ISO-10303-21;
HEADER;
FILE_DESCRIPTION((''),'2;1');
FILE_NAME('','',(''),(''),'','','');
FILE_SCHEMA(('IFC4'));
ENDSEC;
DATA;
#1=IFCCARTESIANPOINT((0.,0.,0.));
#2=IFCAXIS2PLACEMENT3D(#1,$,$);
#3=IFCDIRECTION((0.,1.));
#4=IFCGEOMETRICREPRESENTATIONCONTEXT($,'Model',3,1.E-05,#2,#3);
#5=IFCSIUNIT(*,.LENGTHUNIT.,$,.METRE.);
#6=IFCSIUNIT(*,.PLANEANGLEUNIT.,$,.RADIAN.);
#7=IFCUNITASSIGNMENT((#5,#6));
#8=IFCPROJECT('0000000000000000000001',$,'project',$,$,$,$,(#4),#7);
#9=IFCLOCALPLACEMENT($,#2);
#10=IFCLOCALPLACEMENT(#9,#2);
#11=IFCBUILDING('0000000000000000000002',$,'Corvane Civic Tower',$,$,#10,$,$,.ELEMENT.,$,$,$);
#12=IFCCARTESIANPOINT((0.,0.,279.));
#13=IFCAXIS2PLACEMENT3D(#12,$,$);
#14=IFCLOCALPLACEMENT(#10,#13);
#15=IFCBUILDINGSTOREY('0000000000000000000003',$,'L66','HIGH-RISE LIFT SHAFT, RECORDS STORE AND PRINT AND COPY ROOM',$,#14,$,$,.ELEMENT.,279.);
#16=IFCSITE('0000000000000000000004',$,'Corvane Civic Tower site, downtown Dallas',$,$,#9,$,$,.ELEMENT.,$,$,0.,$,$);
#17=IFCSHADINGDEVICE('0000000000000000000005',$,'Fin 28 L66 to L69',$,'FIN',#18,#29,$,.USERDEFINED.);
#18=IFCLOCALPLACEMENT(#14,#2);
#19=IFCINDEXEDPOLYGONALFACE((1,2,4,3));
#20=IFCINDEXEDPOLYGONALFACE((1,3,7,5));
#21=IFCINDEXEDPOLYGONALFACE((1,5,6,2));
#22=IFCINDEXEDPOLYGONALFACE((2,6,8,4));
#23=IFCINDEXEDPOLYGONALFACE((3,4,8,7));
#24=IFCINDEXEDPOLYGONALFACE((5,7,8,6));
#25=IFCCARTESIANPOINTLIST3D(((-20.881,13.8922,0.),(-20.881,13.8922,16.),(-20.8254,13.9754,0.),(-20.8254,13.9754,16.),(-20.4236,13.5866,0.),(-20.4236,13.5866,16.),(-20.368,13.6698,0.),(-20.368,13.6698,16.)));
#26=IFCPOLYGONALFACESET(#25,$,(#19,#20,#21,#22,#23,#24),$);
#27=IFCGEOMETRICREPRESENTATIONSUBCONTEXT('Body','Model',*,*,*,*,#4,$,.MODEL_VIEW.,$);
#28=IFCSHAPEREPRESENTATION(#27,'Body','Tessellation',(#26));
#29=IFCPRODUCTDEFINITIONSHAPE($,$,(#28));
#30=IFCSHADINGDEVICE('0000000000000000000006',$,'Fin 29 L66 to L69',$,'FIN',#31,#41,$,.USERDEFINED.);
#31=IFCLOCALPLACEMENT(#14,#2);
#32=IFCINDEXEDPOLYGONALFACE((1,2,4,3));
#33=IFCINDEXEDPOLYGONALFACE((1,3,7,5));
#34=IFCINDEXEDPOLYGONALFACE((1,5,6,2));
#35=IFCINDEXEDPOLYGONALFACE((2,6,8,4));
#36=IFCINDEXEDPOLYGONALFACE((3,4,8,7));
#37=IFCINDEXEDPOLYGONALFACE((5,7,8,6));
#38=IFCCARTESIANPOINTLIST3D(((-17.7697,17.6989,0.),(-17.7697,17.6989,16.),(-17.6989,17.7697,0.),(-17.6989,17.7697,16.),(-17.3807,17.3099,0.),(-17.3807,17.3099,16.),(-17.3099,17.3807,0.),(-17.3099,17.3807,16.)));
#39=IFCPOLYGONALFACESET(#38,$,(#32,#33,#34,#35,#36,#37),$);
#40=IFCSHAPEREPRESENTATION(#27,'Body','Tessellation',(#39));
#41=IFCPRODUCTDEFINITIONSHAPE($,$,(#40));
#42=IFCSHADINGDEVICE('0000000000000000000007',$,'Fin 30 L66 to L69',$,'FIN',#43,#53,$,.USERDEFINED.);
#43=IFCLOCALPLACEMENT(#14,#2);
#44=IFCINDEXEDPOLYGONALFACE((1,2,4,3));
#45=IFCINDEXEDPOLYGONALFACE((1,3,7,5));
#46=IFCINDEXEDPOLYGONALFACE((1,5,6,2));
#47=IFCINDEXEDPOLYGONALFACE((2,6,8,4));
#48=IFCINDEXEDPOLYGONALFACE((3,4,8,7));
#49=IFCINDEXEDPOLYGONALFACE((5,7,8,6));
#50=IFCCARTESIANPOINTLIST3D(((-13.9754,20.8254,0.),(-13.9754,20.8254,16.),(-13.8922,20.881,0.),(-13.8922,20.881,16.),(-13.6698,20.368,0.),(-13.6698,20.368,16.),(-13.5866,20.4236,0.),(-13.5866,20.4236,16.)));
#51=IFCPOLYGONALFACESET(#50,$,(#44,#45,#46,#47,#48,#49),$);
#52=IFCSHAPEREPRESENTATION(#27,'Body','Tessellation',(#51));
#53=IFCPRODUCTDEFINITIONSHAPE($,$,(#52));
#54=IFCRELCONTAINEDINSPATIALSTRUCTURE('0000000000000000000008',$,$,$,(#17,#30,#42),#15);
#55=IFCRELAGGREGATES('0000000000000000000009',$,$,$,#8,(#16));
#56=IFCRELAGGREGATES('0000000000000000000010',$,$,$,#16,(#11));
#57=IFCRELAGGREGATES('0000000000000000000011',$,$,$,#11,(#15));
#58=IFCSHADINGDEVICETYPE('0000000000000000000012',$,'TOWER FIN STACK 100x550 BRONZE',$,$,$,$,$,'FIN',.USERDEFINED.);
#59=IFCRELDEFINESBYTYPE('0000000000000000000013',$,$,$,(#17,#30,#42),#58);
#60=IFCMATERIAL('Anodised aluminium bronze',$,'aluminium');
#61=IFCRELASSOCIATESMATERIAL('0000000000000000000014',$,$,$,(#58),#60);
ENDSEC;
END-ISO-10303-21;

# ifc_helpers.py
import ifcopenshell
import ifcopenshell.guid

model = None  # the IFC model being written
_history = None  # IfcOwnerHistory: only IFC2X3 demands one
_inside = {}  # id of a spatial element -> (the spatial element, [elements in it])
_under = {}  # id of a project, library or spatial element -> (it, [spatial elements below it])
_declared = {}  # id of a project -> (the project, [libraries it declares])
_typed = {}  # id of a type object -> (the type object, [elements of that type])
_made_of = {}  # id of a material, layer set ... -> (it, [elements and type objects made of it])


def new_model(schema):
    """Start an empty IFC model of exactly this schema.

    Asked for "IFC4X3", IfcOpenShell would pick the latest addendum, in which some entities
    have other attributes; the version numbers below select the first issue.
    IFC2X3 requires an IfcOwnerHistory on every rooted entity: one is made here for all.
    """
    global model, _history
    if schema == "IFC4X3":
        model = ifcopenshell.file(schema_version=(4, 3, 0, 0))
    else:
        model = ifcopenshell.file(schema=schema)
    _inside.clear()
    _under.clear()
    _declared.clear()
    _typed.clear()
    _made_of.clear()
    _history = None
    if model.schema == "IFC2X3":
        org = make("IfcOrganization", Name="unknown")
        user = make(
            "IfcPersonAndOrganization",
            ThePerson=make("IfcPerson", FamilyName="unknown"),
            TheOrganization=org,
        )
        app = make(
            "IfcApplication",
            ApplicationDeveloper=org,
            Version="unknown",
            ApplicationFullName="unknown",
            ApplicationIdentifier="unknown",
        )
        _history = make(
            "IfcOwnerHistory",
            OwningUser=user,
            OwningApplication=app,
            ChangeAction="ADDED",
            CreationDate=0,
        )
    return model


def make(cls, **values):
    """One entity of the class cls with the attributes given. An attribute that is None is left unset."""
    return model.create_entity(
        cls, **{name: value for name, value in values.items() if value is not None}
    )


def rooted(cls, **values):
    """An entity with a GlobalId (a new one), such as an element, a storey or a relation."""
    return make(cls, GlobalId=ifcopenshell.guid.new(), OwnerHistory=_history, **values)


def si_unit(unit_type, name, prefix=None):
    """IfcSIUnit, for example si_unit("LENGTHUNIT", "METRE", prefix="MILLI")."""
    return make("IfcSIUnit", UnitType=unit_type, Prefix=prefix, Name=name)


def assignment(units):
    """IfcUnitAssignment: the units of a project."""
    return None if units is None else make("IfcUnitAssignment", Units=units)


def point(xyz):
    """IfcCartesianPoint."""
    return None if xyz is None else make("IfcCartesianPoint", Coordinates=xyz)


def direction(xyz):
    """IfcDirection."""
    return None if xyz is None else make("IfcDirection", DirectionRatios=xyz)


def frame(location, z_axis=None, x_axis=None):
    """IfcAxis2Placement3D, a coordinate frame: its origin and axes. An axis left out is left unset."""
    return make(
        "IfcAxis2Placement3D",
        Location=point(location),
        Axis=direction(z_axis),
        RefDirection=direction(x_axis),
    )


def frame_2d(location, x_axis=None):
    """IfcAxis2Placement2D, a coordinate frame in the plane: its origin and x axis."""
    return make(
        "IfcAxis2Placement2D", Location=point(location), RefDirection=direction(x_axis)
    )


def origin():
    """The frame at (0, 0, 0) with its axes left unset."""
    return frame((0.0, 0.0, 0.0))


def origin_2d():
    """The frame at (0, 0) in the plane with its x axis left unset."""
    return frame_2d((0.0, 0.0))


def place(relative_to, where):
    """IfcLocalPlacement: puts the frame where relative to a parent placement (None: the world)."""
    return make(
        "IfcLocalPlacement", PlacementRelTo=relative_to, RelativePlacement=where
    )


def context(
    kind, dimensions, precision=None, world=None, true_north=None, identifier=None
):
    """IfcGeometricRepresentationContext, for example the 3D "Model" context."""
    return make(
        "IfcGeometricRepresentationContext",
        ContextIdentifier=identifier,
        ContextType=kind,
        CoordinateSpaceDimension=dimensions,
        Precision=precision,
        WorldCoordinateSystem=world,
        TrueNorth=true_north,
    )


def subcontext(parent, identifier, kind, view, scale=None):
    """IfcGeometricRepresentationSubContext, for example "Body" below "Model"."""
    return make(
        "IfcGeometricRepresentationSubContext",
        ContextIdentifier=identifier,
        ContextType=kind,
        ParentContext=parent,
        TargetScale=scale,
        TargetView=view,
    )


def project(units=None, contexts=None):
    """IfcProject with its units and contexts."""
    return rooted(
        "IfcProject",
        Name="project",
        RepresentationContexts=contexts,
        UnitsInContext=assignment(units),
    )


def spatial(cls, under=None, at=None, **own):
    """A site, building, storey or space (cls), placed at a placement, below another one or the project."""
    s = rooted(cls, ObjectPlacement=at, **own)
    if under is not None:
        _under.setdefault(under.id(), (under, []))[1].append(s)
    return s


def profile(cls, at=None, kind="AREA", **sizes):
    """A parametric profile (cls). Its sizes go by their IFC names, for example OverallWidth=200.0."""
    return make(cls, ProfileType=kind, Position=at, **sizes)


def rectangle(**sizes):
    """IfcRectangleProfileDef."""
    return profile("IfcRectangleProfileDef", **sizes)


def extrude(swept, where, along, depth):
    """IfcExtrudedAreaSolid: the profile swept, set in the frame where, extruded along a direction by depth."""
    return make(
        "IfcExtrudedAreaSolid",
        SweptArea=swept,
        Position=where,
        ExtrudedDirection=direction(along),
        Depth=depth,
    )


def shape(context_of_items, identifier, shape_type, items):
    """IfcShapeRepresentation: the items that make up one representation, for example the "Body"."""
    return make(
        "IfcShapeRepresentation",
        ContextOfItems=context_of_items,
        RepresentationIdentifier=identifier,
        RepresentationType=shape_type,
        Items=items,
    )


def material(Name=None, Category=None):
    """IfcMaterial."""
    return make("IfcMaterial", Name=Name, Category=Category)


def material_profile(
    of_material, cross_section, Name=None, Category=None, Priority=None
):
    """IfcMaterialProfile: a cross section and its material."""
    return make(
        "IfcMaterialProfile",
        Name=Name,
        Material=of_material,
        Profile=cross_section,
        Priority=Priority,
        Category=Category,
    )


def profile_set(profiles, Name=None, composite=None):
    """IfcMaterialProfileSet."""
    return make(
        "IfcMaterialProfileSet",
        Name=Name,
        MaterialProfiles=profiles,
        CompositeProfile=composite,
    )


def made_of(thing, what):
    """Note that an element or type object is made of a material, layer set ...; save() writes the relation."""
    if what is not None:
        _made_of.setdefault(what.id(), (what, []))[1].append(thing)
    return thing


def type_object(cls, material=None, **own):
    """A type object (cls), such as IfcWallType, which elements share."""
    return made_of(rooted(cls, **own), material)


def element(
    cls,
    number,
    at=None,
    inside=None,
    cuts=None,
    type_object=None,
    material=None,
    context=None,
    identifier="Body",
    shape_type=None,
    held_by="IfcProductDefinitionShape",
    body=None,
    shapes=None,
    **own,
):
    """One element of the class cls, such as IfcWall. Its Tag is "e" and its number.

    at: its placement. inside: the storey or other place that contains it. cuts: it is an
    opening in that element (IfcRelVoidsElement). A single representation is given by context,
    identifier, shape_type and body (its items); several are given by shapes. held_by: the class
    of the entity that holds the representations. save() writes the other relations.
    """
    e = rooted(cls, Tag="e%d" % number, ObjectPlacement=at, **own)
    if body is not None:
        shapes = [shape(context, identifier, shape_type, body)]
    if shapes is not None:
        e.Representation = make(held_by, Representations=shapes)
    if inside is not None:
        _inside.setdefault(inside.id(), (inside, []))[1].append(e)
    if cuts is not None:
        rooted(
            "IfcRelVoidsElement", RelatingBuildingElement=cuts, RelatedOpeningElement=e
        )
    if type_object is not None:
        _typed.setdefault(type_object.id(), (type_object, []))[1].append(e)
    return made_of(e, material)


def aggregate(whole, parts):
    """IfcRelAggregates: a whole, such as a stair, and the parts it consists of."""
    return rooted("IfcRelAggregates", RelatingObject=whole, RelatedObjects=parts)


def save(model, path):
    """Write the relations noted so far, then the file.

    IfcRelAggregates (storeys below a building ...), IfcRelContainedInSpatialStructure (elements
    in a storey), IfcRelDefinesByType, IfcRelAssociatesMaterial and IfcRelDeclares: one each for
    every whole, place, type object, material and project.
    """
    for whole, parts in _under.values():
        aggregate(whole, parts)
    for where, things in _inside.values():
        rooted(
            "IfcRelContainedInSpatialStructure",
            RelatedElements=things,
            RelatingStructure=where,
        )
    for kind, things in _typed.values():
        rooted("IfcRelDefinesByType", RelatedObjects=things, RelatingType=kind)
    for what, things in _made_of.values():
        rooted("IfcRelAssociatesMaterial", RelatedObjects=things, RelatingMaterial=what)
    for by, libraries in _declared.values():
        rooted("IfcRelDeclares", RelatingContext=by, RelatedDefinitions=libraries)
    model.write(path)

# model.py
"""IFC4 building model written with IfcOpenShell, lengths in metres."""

from ifc_helpers import new_model, si_unit, direction, frame, origin, origin_2d, place, context, subcontext, project, spatial, rectangle, extrude, material, material_profile, profile_set, type_object, element, save


model = new_model("IFC4")

# Units and contexts
model_context = context("Model", 3, precision=1e-05, world=origin(), true_north=direction((0.0, 1.0)))
body_context = subcontext(model_context, "Body", "Model", "MODEL_VIEW")
ifc_project = project(units=[si_unit("LENGTHUNIT", "METRE"), si_unit("PLANEANGLEUNIT", "RADIAN")], contexts=[model_context])

# Site, building, storey
site_placement = place(None, origin())
site = spatial("IfcSite", under=ifc_project, at=site_placement, Name="Corvane Civic Tower site, downtown Dallas", CompositionType="ELEMENT", RefElevation=0.0)
building_placement = place(site_placement, origin())
building = spatial("IfcBuilding", under=site, at=building_placement, Name="Corvane Civic Tower", CompositionType="ELEMENT")
storey_placement = place(building_placement, frame((0.0, 0.0, 279.0)))
storey = spatial("IfcBuildingStorey", under=building, at=storey_placement, Name="L66", Description="HIGH-RISE LIFT SHAFT, RECORDS STORE AND PRINT AND COPY ROOM", CompositionType="ELEMENT", Elevation=279.0)

# Shading devices
ifc_material_1 = material(Name="Anodised aluminium bronze", Category="aluminium")
ifc_material_profile_1 = material_profile(ifc_material_1, rectangle(XDim=0.1001, YDim=0.55, at=origin_2d()), Name="TOWER FIN STACK 100x550 BRONZE")
ifc_profile_set_1 = profile_set([ifc_material_profile_1], Name="Anodised aluminium bronze")
shading_device_type = type_object("IfcShadingDeviceType", Name="TOWER FIN STACK 100x550 BRONZE", ElementType="FIN", PredefinedType="USERDEFINED", material=ifc_profile_set_1)
for number, where, z_axis, x_axis, name in (
    (1, (-20.6245, 13.781, 0.0), (0.0, 0.0, 1.0), (0.55557, 0.83147, 0.0), "Fin 28 L66 to L69"),
    (2, (-17.5398, 17.5398, 0.0), (0.0, 0.0, 1.0), (0.707107, 0.707107, 0.0), "Fin 29 L66 to L69"),
    (3, (-13.781, 20.6245, 0.0), (0.0, 0.0, 1.0), (0.83147, 0.55557, 0.0), "Fin 30 L66 to L69"),
):
    element("IfcShadingDevice", number, at=place(storey_placement, frame(where, z_axis=z_axis, x_axis=x_axis)), inside=storey, type_object=shading_device_type, Name=name, ObjectType="FIN", PredefinedType="USERDEFINED", context=body_context, shape_type="SweptSolid", body=[
        extrude(rectangle(XDim=0.1001, YDim=0.55, at=origin_2d()), origin(), (0.0, 0.0, 1.0), 16.0),
    ])

save(model, "model.ifc")
